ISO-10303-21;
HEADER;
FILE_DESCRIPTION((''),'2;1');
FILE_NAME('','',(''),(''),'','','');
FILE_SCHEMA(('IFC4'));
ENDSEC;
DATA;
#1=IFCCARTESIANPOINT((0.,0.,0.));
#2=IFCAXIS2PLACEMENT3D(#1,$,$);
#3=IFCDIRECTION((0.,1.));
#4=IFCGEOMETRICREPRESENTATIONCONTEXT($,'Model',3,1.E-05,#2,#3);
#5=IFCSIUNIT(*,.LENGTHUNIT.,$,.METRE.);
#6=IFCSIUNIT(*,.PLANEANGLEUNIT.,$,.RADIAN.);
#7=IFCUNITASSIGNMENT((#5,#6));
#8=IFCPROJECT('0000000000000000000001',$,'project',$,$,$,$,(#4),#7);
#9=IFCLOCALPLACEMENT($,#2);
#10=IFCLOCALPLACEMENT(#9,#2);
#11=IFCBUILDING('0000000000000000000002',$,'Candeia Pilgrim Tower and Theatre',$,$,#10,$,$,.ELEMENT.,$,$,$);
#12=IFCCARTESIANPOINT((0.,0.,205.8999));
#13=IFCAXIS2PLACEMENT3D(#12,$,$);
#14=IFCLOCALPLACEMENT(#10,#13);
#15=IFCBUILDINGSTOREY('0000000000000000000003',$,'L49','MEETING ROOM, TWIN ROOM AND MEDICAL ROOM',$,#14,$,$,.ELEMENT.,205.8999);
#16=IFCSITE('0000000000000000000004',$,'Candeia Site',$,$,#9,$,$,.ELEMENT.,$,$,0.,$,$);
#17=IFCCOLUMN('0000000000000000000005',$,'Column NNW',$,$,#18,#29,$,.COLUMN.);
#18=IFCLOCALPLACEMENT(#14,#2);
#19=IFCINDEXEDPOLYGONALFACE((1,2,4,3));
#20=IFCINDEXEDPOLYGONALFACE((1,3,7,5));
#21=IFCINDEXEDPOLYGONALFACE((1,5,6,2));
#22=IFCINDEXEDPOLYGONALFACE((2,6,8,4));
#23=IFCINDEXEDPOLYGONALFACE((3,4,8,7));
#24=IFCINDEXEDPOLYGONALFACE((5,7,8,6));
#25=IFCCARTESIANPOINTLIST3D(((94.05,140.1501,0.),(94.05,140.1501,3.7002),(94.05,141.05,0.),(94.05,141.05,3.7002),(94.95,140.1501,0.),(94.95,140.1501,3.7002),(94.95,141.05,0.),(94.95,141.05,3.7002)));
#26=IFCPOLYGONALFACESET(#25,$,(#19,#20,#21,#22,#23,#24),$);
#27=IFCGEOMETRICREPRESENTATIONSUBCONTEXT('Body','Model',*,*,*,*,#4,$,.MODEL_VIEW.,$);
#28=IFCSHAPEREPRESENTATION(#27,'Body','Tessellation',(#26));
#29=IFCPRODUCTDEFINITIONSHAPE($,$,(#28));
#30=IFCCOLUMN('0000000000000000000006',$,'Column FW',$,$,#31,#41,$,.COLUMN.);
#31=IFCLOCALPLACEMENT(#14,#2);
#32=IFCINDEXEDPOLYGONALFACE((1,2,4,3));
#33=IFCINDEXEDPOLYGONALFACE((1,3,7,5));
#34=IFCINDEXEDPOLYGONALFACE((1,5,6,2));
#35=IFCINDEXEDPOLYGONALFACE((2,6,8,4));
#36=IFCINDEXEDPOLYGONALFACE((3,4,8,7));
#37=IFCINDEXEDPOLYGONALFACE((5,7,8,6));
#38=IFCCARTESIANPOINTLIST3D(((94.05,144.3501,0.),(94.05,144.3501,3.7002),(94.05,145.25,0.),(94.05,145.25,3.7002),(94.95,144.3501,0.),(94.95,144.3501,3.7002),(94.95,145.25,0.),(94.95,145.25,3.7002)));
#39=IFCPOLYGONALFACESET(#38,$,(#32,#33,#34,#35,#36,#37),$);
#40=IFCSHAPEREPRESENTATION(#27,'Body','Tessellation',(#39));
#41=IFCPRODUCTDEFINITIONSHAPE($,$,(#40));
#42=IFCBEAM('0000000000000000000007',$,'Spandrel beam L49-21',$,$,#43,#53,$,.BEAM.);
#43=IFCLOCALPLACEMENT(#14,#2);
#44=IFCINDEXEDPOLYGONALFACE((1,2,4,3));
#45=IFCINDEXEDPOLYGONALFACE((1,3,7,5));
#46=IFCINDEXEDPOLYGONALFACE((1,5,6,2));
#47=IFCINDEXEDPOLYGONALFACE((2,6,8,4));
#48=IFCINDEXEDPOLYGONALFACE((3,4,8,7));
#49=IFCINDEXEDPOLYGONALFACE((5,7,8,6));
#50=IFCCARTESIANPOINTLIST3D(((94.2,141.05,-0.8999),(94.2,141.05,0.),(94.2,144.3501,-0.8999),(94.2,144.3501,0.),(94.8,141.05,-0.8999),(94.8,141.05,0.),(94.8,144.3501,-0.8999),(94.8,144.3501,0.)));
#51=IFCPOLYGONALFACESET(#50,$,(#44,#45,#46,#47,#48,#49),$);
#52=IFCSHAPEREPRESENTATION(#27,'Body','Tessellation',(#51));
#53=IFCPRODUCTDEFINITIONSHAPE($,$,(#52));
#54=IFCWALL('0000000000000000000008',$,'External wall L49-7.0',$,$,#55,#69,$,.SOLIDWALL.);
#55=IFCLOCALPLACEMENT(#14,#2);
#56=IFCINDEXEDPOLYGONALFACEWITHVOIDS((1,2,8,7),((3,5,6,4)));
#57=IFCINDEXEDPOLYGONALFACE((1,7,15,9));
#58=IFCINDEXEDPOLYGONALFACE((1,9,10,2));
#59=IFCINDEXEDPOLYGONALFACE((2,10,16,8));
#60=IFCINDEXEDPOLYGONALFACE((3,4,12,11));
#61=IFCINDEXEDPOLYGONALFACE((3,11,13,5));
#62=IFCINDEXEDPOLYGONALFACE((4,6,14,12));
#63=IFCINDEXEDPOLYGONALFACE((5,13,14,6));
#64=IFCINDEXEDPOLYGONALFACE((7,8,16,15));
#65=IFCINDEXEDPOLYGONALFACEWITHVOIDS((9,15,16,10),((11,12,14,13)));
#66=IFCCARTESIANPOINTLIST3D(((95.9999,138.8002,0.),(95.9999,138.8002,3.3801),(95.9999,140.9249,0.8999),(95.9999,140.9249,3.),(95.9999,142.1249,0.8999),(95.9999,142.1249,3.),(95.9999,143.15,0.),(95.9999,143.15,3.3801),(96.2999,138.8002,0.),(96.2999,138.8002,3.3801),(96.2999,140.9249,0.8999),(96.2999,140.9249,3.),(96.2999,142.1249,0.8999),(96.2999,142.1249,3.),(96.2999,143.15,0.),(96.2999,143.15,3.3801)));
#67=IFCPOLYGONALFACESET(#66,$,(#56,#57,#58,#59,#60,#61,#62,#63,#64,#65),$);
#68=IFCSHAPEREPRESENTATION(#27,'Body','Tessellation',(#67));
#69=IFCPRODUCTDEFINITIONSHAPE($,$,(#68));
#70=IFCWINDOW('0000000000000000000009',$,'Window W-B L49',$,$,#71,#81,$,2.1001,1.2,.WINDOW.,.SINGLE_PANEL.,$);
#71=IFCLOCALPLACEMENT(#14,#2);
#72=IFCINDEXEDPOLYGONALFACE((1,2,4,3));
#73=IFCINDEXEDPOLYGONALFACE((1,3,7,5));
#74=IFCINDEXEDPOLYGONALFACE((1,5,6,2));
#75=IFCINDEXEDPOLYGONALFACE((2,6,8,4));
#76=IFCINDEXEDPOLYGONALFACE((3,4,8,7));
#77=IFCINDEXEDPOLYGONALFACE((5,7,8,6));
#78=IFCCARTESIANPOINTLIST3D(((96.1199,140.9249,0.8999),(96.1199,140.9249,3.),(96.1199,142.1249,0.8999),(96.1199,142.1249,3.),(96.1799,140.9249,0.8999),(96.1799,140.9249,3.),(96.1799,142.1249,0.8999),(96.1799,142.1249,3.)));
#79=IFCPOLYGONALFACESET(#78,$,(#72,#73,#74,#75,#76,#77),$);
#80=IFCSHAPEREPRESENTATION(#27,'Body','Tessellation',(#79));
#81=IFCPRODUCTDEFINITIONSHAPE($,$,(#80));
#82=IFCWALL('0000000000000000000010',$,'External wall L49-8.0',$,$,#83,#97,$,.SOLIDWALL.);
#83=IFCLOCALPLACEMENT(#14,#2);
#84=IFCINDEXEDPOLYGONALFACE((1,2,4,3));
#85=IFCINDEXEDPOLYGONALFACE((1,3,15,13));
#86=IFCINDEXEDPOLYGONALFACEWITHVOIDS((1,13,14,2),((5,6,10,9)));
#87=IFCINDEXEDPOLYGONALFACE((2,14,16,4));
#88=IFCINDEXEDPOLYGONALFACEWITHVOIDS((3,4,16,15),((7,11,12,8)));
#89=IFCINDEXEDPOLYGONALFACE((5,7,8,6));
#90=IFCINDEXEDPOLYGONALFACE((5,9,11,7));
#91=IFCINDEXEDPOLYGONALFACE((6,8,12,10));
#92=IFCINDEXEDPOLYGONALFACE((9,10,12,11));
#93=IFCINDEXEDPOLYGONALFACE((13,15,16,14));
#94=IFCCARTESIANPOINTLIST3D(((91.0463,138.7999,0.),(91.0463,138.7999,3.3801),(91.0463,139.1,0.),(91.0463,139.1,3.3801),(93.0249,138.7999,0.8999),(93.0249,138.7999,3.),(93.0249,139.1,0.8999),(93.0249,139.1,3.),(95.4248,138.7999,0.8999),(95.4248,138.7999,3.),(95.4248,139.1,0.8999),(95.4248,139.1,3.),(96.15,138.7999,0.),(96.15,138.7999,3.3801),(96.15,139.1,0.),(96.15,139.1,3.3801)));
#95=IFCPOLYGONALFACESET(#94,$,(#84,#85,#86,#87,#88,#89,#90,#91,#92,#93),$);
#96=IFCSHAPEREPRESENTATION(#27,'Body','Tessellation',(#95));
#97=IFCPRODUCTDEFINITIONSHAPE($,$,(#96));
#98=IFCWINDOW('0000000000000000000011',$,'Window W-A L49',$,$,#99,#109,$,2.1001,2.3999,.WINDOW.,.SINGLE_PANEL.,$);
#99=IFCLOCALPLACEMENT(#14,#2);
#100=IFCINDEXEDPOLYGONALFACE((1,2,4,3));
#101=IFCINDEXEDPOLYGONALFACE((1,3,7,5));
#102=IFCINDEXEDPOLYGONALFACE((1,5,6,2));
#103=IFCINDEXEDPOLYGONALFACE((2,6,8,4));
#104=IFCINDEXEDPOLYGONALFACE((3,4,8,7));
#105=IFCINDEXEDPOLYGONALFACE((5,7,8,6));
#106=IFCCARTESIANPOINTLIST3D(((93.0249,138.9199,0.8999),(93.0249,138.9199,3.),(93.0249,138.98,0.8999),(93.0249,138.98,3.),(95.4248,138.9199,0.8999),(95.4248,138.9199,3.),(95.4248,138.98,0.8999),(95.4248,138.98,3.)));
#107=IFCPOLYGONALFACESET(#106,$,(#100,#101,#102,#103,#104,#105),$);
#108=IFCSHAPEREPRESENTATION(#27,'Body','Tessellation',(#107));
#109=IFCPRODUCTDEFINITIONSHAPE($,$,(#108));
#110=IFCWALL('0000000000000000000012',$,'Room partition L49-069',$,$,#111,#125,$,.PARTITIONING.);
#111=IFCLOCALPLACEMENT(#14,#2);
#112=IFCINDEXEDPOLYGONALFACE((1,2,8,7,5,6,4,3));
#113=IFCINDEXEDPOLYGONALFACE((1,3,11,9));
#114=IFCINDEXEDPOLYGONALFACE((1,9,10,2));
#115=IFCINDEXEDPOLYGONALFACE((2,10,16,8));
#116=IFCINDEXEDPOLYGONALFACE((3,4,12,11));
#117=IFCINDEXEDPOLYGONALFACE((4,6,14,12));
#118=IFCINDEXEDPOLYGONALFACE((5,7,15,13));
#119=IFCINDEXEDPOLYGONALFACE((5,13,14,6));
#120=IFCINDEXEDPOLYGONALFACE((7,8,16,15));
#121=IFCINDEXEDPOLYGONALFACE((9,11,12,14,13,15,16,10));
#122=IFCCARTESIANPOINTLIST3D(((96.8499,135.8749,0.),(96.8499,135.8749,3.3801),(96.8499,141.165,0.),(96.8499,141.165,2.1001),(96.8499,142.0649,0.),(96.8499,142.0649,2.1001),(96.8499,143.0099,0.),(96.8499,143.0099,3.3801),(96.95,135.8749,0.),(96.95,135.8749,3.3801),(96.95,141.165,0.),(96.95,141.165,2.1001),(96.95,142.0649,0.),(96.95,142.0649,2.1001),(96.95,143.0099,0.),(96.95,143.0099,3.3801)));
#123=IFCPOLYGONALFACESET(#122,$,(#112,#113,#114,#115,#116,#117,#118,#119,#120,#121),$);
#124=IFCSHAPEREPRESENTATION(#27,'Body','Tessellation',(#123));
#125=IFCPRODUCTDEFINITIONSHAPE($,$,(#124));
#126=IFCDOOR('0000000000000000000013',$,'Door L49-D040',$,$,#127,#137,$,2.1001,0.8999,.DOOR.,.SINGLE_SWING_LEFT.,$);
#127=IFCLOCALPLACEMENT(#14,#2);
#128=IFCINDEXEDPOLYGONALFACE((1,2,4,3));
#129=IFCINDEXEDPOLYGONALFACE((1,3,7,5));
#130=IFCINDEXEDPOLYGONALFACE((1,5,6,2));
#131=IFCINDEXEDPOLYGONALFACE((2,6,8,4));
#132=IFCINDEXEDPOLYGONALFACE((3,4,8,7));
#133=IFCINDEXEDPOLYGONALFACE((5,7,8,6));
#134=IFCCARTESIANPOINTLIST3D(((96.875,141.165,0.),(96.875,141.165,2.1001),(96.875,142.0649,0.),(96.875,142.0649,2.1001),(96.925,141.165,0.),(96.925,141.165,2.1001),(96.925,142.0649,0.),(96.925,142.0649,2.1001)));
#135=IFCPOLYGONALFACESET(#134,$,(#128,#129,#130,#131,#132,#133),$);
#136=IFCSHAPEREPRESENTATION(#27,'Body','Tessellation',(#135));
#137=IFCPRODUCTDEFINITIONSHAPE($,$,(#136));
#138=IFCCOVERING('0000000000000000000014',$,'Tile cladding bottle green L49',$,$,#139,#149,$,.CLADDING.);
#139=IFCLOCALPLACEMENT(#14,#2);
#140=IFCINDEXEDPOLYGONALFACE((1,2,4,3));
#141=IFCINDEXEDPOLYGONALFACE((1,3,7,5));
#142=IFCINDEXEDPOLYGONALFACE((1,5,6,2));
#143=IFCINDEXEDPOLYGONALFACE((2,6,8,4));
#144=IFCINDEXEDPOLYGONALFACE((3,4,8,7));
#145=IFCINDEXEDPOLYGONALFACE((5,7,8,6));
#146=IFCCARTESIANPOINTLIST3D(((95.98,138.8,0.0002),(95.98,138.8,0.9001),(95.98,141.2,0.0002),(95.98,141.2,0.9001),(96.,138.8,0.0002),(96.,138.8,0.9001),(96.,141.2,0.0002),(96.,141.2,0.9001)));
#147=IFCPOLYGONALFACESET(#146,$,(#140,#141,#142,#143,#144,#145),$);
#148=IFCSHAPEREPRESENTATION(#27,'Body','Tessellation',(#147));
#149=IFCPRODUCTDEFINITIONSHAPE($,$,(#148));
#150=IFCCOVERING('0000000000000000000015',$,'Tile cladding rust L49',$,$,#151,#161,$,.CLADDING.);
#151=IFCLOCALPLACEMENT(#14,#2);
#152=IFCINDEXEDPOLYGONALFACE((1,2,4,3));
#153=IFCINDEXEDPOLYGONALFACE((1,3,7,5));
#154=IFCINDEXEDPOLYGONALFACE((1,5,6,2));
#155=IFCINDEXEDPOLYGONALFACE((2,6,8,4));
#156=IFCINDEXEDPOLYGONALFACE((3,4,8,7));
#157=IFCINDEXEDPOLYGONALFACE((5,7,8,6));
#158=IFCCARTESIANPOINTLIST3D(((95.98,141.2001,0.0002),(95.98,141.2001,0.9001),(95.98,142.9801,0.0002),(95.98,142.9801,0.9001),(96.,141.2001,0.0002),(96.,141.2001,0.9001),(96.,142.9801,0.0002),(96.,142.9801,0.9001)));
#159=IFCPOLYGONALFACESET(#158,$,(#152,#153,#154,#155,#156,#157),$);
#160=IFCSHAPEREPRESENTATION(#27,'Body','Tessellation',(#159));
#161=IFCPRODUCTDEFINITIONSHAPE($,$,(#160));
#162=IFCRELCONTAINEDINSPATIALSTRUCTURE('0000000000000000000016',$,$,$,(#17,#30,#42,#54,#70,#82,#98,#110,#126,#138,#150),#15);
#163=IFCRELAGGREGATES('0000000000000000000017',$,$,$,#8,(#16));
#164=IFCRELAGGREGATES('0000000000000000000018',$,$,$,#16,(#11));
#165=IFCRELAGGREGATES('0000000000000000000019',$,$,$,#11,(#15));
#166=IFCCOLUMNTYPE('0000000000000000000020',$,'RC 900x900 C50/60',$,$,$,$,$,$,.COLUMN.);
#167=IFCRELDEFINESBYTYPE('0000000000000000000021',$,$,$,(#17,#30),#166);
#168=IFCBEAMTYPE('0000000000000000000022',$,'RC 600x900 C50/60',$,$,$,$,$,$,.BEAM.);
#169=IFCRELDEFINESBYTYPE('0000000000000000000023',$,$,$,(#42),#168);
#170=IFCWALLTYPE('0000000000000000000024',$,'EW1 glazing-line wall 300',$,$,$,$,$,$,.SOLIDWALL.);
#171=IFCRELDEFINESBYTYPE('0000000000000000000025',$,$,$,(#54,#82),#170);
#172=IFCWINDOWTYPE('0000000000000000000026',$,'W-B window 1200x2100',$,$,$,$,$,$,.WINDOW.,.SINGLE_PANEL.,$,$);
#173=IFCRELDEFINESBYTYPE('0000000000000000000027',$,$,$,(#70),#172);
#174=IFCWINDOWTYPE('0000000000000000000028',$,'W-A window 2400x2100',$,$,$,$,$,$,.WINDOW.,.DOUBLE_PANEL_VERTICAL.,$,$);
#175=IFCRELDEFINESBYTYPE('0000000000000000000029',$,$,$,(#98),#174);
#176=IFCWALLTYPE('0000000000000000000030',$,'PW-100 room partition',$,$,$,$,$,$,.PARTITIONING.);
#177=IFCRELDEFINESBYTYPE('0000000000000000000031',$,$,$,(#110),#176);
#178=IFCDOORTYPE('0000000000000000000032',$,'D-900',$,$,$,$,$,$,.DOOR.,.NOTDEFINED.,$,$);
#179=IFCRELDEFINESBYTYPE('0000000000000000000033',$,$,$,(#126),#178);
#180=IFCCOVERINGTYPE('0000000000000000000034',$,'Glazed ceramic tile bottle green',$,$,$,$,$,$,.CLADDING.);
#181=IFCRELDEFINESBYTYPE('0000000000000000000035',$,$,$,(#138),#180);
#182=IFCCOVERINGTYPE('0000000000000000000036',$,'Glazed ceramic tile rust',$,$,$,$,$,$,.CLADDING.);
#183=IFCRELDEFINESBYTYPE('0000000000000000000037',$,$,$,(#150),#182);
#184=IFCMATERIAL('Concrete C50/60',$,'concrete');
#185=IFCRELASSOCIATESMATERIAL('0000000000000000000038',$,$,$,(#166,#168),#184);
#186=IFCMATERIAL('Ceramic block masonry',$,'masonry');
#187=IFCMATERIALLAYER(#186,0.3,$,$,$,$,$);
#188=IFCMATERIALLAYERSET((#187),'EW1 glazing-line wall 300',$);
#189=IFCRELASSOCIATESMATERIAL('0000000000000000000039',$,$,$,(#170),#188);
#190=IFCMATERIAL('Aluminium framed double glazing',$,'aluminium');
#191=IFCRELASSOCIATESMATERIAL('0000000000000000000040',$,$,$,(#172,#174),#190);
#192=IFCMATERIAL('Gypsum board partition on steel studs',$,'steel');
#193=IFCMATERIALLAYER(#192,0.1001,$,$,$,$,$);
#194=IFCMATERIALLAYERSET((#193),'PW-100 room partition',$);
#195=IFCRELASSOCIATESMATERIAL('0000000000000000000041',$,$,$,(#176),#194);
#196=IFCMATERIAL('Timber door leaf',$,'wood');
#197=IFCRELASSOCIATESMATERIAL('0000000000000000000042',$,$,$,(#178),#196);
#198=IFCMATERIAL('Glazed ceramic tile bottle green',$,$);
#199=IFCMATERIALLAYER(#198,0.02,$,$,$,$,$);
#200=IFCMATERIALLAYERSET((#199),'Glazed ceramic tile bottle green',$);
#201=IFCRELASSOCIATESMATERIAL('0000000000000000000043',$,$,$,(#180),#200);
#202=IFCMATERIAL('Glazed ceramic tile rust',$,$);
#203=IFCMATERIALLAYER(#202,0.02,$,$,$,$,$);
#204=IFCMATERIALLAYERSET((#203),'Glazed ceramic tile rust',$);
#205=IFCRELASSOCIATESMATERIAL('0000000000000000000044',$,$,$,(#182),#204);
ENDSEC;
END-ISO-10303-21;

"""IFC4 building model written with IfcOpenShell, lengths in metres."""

from ifc_helpers import new_model, si_unit, direction, frame, frame_2d, origin, origin_2d, place, context, subcontext, project, spatial, rectangle, extrude, material, layer, layer_set, material_profile, profile_set, type_object, element, fill, save


model = new_model("IFC4")

# Units and contexts
model_context = context("Model", 3, precision=1e-05, world=origin(), true_north=direction((0.0, 1.0)))
body_context = subcontext(model_context, "Body", "Model", "MODEL_VIEW")
ifc_project = project(units=[si_unit("LENGTHUNIT", "METRE"), si_unit("PLANEANGLEUNIT", "RADIAN")], contexts=[model_context])

# Site, building, storey
site_placement = place(None, origin())
site = spatial("IfcSite", under=ifc_project, at=site_placement, Name="Candeia Site", CompositionType="ELEMENT", RefElevation=0.0)
building_placement = place(site_placement, origin())
building = spatial("IfcBuilding", under=site, at=building_placement, Name="Candeia Pilgrim Tower and Theatre", CompositionType="ELEMENT")
storey_placement = place(building_placement, frame((0.0, 0.0, 205.8999)))
storey = spatial("IfcBuildingStorey", under=building, at=storey_placement, Name="L49", Description="MEETING ROOM, TWIN ROOM AND MEDICAL ROOM", CompositionType="ELEMENT", Elevation=205.8999)

# Columns
ifc_material_1 = material(Name="Concrete C50/60", Category="concrete")
ifc_material_profile_1 = material_profile(ifc_material_1, rectangle(XDim=0.8999, YDim=0.8999, at=origin_2d()))
ifc_profile_set_1 = profile_set([ifc_material_profile_1], Name="Concrete C50/60")
column_type = type_object("IfcColumnType", Name="RC 900x900 C50/60", PredefinedType="COLUMN", material=ifc_profile_set_1)
for number, where, z_axis, x_axis, name in (
    (1, (94.5, 140.6001, 0.0), (0.0, 0.0, 1.0), (1.0, 0.0, 0.0), "Column NNW"),
    (2, (94.5, 144.8, 0.0), (0.0, 0.0, 1.0), (1.0, 0.0, 0.0), "Column FW"),
):
    element("IfcColumn", number, at=place(storey_placement, frame(where, z_axis=z_axis, x_axis=x_axis)), inside=storey, type_object=column_type, Name=name, PredefinedType="COLUMN", context=body_context, shape_type="SweptSolid", body=[
        extrude(rectangle(XDim=0.8999, YDim=0.8999, at=origin_2d()), origin(), (0.0, 0.0, 1.0), 3.7002),
    ])

# Beam
ifc_material_profile_2 = material_profile(ifc_material_1, rectangle(XDim=0.6001, YDim=0.8999, at=origin_2d()))
ifc_profile_set_2 = profile_set([ifc_material_profile_2], Name="Concrete C50/60")
beam_type = type_object("IfcBeamType", Name="RC 600x900 C50/60", PredefinedType="BEAM", material=ifc_profile_set_2)
beam_placement = place(storey_placement, frame((94.5, 144.3501, -0.45), z_axis=(0.0, -1.0, 0.0), x_axis=(1.0, 0.0, 0.0)))
element("IfcBeam", 3, at=beam_placement, inside=storey, type_object=beam_type, Name="Spandrel beam L49-21", PredefinedType="BEAM", context=body_context, shape_type="SweptSolid", body=[
    extrude(rectangle(XDim=0.6001, YDim=0.8999, at=origin_2d()), origin(), (0.0, 0.0, 1.0), 3.3),
])

# Walls, openings, windows
ifc_material_2 = material(Name="Ceramic block masonry", Category="masonry")
ifc_layer_1 = layer(ifc_material_2, 0.3)
ifc_layer_set_1 = layer_set([ifc_layer_1], Name="EW1 glazing-line wall 300")
wall_type_1 = type_object("IfcWallType", Name="EW1 glazing-line wall 300", PredefinedType="SOLIDWALL", material=ifc_layer_set_1)
wall_1_placement = place(storey_placement, frame((96.1499, 143.1499, 0.0), z_axis=(0.0, 0.0, 1.0), x_axis=(0.0, -1.0, 0.0)))
wall_1 = element("IfcWall", 4, at=wall_1_placement, inside=storey, type_object=wall_type_1, Name="External wall L49-7.0", PredefinedType="SOLIDWALL", context=body_context, shape_type="SweptSolid", body=[
    extrude(rectangle(XDim=4.3499, YDim=0.3, at=frame_2d((2.1748, 0.0))), origin(), (0.0, 0.0, 1.0), 3.3801),
])
opening_1_placement = place(wall_1_placement, frame((1.0249, 0.0, 0.8999)))
opening_1 = element("IfcOpeningElement", 5, at=opening_1_placement, cuts=wall_1, PredefinedType="OPENING", context=body_context, shape_type="SweptSolid", body=[
    extrude(rectangle(XDim=1.2, YDim=2.1001, at=frame_2d((0.6001, 1.05))), frame((0.0, 0.1602, 0.0), z_axis=(0.0, -1.0, 0.0), x_axis=(1.0, 0.0, 0.0)), (0.0, 0.0, 1.0), 0.3201),
])
ifc_material_3 = material(Name="Aluminium framed double glazing", Category="aluminium")
window_type_1 = type_object("IfcWindowType", Name="W-B window 1200x2100", PartitioningType="SINGLE_PANEL", PredefinedType="WINDOW", material=ifc_material_3)
window_1_placement = place(opening_1_placement, origin())
window_1 = element("IfcWindow", 6, at=window_1_placement, inside=storey, type_object=window_type_1, Name="Window W-B L49", OverallHeight=2.1001, OverallWidth=1.2, PartitioningType="SINGLE_PANEL", PredefinedType="WINDOW", context=body_context, shape_type="SweptSolid", body=[
    extrude(rectangle(XDim=1.2, YDim=2.1001, at=frame_2d((0.6001, 1.05))), frame((0.0, 0.03, 0.0), z_axis=(0.0, -1.0, 0.0), x_axis=(1.0, 0.0, 0.0)), (0.0, 0.0, 1.0), 0.0601),
])
fill(opening_1, window_1)
wall_2_placement = place(storey_placement, frame((96.1499, 138.95, 0.0), z_axis=(0.0, 0.0, 1.0), x_axis=(-1.0, 0.0, 0.0)))
wall_2 = element("IfcWall", 7, at=wall_2_placement, inside=storey, type_object=wall_type_1, Name="External wall L49-8.0", PredefinedType="SOLIDWALL", context=body_context, shape_type="SweptSolid", body=[
    extrude(rectangle(XDim=5.1038, YDim=0.3, at=frame_2d((2.5518, 0.0))), origin(), (0.0, 0.0, 1.0), 3.3801),
])
opening_2_placement = place(wall_2_placement, frame((0.7251, 0.0, 0.8999)))
opening_2 = element("IfcOpeningElement", 8, at=opening_2_placement, cuts=wall_2, PredefinedType="OPENING", context=body_context, shape_type="SweptSolid", body=[
    extrude(rectangle(XDim=2.3999, YDim=2.1001, at=frame_2d((1.2, 1.05))), frame((0.0, 0.1602, 0.0), z_axis=(0.0, -1.0, 0.0), x_axis=(1.0, 0.0, 0.0)), (0.0, 0.0, 1.0), 0.3201),
])
window_type_2 = type_object("IfcWindowType", Name="W-A window 2400x2100", PartitioningType="DOUBLE_PANEL_VERTICAL", PredefinedType="WINDOW", material=ifc_material_3)
window_2_placement = place(opening_2_placement, origin())
window_2 = element("IfcWindow", 9, at=window_2_placement, inside=storey, type_object=window_type_2, Name="Window W-A L49", OverallHeight=2.1001, OverallWidth=2.3999, PartitioningType="SINGLE_PANEL", PredefinedType="WINDOW", context=body_context, shape_type="SweptSolid", body=[
    extrude(rectangle(XDim=2.3999, YDim=2.1001, at=frame_2d((1.2, 1.05))), frame((0.0, 0.03, 0.0), z_axis=(0.0, -1.0, 0.0), x_axis=(1.0, 0.0, 0.0)), (0.0, 0.0, 1.0), 0.0601),
])
fill(opening_2, window_2)

# Wall, opening, door
ifc_material_4 = material(Name="Gypsum board partition on steel studs", Category="steel")
ifc_layer_2 = layer(ifc_material_4, 0.1001)
ifc_layer_set_2 = layer_set([ifc_layer_2], Name="PW-100 room partition")
wall_type_2 = type_object("IfcWallType", Name="PW-100 room partition", PredefinedType="PARTITIONING", material=ifc_layer_set_2)
wall_3_placement = place(storey_placement, frame((96.8999, 135.875, 0.0), z_axis=(0.0, 0.0, 1.0), x_axis=(0.0, 1.0, 0.0)))
wall_3 = element("IfcWall", 10, at=wall_3_placement, inside=storey, type_object=wall_type_2, Name="Room partition L49-069", PredefinedType="PARTITIONING", context=body_context, shape_type="SweptSolid", body=[
    extrude(rectangle(XDim=7.135, YDim=0.1001, at=frame_2d((3.5674, 0.0))), origin(), (0.0, 0.0, 1.0), 3.3801),
])
opening_3_placement = place(wall_3_placement, frame((5.29, 0.0, 0.0)))
opening_3 = element("IfcOpeningElement", 11, at=opening_3_placement, cuts=wall_3, PredefinedType="OPENING", context=body_context, shape_type="SweptSolid", body=[
    extrude(rectangle(XDim=0.8999, YDim=2.1001, at=frame_2d((0.45, 1.05))), frame((0.0, 0.0601, 0.0), z_axis=(0.0, -1.0, 0.0), x_axis=(1.0, 0.0, 0.0)), (0.0, 0.0, 1.0), 0.1201),
])
ifc_material_5 = material(Name="Timber door leaf", Category="wood")
door_type = type_object("IfcDoorType", Name="D-900", OperationType="NOTDEFINED", PredefinedType="DOOR", material=ifc_material_5)
door_placement = place(opening_3_placement, origin())
door = element("IfcDoor", 12, at=door_placement, inside=storey, type_object=door_type, Name="Door L49-D040", OperationType="SINGLE_SWING_LEFT", OverallHeight=2.1001, OverallWidth=0.8999, PredefinedType="DOOR", context=body_context, shape_type="SweptSolid", body=[
    extrude(rectangle(XDim=0.8999, YDim=2.1001, at=frame_2d((0.45, 1.05))), frame((0.0, 0.0249, 0.0), z_axis=(0.0, -1.0, 0.0), x_axis=(1.0, 0.0, 0.0)), (0.0, 0.0, 1.0), 0.05),
])
fill(opening_3, door)

# Coverings
ifc_material_6 = material(Name="Glazed ceramic tile bottle green")
ifc_layer_3 = layer(ifc_material_6, 0.02)
ifc_layer_set_3 = layer_set([ifc_layer_3], Name="Glazed ceramic tile bottle green")
covering_type_1 = type_object("IfcCoveringType", Name="Glazed ceramic tile bottle green", PredefinedType="CLADDING", material=ifc_layer_set_3)
covering_1_placement = place(storey_placement, frame((95.99, 140.0, 0.0002), z_axis=(0.0, 0.0, 1.0), x_axis=(0.0, -1.0, 0.0)))
element("IfcCovering", 13, at=covering_1_placement, inside=storey, type_object=covering_type_1, Name="Tile cladding bottle green L49", PredefinedType="CLADDING", context=body_context, shape_type="SweptSolid", body=[
    extrude(rectangle(XDim=2.3999, YDim=0.02, at=origin_2d()), origin(), (0.0, 0.0, 1.0), 0.8999),
])
ifc_material_7 = material(Name="Glazed ceramic tile rust")
ifc_layer_4 = layer(ifc_material_7, 0.02)
ifc_layer_set_4 = layer_set([ifc_layer_4], Name="Glazed ceramic tile rust")
covering_type_2 = type_object("IfcCoveringType", Name="Glazed ceramic tile rust", PredefinedType="CLADDING", material=ifc_layer_set_4)
covering_2_placement = place(storey_placement, frame((95.99, 142.0901, 0.0002), z_axis=(0.0, 0.0, 1.0), x_axis=(0.0, -1.0, 0.0)))
element("IfcCovering", 14, at=covering_2_placement, inside=storey, type_object=covering_type_2, Name="Tile cladding rust L49", PredefinedType="CLADDING", context=body_context, shape_type="SweptSolid", body=[
    extrude(rectangle(XDim=1.78, YDim=0.02, at=origin_2d()), origin(), (0.0, 0.0, 1.0), 0.8999),
])

save(model, "model.ifc")
